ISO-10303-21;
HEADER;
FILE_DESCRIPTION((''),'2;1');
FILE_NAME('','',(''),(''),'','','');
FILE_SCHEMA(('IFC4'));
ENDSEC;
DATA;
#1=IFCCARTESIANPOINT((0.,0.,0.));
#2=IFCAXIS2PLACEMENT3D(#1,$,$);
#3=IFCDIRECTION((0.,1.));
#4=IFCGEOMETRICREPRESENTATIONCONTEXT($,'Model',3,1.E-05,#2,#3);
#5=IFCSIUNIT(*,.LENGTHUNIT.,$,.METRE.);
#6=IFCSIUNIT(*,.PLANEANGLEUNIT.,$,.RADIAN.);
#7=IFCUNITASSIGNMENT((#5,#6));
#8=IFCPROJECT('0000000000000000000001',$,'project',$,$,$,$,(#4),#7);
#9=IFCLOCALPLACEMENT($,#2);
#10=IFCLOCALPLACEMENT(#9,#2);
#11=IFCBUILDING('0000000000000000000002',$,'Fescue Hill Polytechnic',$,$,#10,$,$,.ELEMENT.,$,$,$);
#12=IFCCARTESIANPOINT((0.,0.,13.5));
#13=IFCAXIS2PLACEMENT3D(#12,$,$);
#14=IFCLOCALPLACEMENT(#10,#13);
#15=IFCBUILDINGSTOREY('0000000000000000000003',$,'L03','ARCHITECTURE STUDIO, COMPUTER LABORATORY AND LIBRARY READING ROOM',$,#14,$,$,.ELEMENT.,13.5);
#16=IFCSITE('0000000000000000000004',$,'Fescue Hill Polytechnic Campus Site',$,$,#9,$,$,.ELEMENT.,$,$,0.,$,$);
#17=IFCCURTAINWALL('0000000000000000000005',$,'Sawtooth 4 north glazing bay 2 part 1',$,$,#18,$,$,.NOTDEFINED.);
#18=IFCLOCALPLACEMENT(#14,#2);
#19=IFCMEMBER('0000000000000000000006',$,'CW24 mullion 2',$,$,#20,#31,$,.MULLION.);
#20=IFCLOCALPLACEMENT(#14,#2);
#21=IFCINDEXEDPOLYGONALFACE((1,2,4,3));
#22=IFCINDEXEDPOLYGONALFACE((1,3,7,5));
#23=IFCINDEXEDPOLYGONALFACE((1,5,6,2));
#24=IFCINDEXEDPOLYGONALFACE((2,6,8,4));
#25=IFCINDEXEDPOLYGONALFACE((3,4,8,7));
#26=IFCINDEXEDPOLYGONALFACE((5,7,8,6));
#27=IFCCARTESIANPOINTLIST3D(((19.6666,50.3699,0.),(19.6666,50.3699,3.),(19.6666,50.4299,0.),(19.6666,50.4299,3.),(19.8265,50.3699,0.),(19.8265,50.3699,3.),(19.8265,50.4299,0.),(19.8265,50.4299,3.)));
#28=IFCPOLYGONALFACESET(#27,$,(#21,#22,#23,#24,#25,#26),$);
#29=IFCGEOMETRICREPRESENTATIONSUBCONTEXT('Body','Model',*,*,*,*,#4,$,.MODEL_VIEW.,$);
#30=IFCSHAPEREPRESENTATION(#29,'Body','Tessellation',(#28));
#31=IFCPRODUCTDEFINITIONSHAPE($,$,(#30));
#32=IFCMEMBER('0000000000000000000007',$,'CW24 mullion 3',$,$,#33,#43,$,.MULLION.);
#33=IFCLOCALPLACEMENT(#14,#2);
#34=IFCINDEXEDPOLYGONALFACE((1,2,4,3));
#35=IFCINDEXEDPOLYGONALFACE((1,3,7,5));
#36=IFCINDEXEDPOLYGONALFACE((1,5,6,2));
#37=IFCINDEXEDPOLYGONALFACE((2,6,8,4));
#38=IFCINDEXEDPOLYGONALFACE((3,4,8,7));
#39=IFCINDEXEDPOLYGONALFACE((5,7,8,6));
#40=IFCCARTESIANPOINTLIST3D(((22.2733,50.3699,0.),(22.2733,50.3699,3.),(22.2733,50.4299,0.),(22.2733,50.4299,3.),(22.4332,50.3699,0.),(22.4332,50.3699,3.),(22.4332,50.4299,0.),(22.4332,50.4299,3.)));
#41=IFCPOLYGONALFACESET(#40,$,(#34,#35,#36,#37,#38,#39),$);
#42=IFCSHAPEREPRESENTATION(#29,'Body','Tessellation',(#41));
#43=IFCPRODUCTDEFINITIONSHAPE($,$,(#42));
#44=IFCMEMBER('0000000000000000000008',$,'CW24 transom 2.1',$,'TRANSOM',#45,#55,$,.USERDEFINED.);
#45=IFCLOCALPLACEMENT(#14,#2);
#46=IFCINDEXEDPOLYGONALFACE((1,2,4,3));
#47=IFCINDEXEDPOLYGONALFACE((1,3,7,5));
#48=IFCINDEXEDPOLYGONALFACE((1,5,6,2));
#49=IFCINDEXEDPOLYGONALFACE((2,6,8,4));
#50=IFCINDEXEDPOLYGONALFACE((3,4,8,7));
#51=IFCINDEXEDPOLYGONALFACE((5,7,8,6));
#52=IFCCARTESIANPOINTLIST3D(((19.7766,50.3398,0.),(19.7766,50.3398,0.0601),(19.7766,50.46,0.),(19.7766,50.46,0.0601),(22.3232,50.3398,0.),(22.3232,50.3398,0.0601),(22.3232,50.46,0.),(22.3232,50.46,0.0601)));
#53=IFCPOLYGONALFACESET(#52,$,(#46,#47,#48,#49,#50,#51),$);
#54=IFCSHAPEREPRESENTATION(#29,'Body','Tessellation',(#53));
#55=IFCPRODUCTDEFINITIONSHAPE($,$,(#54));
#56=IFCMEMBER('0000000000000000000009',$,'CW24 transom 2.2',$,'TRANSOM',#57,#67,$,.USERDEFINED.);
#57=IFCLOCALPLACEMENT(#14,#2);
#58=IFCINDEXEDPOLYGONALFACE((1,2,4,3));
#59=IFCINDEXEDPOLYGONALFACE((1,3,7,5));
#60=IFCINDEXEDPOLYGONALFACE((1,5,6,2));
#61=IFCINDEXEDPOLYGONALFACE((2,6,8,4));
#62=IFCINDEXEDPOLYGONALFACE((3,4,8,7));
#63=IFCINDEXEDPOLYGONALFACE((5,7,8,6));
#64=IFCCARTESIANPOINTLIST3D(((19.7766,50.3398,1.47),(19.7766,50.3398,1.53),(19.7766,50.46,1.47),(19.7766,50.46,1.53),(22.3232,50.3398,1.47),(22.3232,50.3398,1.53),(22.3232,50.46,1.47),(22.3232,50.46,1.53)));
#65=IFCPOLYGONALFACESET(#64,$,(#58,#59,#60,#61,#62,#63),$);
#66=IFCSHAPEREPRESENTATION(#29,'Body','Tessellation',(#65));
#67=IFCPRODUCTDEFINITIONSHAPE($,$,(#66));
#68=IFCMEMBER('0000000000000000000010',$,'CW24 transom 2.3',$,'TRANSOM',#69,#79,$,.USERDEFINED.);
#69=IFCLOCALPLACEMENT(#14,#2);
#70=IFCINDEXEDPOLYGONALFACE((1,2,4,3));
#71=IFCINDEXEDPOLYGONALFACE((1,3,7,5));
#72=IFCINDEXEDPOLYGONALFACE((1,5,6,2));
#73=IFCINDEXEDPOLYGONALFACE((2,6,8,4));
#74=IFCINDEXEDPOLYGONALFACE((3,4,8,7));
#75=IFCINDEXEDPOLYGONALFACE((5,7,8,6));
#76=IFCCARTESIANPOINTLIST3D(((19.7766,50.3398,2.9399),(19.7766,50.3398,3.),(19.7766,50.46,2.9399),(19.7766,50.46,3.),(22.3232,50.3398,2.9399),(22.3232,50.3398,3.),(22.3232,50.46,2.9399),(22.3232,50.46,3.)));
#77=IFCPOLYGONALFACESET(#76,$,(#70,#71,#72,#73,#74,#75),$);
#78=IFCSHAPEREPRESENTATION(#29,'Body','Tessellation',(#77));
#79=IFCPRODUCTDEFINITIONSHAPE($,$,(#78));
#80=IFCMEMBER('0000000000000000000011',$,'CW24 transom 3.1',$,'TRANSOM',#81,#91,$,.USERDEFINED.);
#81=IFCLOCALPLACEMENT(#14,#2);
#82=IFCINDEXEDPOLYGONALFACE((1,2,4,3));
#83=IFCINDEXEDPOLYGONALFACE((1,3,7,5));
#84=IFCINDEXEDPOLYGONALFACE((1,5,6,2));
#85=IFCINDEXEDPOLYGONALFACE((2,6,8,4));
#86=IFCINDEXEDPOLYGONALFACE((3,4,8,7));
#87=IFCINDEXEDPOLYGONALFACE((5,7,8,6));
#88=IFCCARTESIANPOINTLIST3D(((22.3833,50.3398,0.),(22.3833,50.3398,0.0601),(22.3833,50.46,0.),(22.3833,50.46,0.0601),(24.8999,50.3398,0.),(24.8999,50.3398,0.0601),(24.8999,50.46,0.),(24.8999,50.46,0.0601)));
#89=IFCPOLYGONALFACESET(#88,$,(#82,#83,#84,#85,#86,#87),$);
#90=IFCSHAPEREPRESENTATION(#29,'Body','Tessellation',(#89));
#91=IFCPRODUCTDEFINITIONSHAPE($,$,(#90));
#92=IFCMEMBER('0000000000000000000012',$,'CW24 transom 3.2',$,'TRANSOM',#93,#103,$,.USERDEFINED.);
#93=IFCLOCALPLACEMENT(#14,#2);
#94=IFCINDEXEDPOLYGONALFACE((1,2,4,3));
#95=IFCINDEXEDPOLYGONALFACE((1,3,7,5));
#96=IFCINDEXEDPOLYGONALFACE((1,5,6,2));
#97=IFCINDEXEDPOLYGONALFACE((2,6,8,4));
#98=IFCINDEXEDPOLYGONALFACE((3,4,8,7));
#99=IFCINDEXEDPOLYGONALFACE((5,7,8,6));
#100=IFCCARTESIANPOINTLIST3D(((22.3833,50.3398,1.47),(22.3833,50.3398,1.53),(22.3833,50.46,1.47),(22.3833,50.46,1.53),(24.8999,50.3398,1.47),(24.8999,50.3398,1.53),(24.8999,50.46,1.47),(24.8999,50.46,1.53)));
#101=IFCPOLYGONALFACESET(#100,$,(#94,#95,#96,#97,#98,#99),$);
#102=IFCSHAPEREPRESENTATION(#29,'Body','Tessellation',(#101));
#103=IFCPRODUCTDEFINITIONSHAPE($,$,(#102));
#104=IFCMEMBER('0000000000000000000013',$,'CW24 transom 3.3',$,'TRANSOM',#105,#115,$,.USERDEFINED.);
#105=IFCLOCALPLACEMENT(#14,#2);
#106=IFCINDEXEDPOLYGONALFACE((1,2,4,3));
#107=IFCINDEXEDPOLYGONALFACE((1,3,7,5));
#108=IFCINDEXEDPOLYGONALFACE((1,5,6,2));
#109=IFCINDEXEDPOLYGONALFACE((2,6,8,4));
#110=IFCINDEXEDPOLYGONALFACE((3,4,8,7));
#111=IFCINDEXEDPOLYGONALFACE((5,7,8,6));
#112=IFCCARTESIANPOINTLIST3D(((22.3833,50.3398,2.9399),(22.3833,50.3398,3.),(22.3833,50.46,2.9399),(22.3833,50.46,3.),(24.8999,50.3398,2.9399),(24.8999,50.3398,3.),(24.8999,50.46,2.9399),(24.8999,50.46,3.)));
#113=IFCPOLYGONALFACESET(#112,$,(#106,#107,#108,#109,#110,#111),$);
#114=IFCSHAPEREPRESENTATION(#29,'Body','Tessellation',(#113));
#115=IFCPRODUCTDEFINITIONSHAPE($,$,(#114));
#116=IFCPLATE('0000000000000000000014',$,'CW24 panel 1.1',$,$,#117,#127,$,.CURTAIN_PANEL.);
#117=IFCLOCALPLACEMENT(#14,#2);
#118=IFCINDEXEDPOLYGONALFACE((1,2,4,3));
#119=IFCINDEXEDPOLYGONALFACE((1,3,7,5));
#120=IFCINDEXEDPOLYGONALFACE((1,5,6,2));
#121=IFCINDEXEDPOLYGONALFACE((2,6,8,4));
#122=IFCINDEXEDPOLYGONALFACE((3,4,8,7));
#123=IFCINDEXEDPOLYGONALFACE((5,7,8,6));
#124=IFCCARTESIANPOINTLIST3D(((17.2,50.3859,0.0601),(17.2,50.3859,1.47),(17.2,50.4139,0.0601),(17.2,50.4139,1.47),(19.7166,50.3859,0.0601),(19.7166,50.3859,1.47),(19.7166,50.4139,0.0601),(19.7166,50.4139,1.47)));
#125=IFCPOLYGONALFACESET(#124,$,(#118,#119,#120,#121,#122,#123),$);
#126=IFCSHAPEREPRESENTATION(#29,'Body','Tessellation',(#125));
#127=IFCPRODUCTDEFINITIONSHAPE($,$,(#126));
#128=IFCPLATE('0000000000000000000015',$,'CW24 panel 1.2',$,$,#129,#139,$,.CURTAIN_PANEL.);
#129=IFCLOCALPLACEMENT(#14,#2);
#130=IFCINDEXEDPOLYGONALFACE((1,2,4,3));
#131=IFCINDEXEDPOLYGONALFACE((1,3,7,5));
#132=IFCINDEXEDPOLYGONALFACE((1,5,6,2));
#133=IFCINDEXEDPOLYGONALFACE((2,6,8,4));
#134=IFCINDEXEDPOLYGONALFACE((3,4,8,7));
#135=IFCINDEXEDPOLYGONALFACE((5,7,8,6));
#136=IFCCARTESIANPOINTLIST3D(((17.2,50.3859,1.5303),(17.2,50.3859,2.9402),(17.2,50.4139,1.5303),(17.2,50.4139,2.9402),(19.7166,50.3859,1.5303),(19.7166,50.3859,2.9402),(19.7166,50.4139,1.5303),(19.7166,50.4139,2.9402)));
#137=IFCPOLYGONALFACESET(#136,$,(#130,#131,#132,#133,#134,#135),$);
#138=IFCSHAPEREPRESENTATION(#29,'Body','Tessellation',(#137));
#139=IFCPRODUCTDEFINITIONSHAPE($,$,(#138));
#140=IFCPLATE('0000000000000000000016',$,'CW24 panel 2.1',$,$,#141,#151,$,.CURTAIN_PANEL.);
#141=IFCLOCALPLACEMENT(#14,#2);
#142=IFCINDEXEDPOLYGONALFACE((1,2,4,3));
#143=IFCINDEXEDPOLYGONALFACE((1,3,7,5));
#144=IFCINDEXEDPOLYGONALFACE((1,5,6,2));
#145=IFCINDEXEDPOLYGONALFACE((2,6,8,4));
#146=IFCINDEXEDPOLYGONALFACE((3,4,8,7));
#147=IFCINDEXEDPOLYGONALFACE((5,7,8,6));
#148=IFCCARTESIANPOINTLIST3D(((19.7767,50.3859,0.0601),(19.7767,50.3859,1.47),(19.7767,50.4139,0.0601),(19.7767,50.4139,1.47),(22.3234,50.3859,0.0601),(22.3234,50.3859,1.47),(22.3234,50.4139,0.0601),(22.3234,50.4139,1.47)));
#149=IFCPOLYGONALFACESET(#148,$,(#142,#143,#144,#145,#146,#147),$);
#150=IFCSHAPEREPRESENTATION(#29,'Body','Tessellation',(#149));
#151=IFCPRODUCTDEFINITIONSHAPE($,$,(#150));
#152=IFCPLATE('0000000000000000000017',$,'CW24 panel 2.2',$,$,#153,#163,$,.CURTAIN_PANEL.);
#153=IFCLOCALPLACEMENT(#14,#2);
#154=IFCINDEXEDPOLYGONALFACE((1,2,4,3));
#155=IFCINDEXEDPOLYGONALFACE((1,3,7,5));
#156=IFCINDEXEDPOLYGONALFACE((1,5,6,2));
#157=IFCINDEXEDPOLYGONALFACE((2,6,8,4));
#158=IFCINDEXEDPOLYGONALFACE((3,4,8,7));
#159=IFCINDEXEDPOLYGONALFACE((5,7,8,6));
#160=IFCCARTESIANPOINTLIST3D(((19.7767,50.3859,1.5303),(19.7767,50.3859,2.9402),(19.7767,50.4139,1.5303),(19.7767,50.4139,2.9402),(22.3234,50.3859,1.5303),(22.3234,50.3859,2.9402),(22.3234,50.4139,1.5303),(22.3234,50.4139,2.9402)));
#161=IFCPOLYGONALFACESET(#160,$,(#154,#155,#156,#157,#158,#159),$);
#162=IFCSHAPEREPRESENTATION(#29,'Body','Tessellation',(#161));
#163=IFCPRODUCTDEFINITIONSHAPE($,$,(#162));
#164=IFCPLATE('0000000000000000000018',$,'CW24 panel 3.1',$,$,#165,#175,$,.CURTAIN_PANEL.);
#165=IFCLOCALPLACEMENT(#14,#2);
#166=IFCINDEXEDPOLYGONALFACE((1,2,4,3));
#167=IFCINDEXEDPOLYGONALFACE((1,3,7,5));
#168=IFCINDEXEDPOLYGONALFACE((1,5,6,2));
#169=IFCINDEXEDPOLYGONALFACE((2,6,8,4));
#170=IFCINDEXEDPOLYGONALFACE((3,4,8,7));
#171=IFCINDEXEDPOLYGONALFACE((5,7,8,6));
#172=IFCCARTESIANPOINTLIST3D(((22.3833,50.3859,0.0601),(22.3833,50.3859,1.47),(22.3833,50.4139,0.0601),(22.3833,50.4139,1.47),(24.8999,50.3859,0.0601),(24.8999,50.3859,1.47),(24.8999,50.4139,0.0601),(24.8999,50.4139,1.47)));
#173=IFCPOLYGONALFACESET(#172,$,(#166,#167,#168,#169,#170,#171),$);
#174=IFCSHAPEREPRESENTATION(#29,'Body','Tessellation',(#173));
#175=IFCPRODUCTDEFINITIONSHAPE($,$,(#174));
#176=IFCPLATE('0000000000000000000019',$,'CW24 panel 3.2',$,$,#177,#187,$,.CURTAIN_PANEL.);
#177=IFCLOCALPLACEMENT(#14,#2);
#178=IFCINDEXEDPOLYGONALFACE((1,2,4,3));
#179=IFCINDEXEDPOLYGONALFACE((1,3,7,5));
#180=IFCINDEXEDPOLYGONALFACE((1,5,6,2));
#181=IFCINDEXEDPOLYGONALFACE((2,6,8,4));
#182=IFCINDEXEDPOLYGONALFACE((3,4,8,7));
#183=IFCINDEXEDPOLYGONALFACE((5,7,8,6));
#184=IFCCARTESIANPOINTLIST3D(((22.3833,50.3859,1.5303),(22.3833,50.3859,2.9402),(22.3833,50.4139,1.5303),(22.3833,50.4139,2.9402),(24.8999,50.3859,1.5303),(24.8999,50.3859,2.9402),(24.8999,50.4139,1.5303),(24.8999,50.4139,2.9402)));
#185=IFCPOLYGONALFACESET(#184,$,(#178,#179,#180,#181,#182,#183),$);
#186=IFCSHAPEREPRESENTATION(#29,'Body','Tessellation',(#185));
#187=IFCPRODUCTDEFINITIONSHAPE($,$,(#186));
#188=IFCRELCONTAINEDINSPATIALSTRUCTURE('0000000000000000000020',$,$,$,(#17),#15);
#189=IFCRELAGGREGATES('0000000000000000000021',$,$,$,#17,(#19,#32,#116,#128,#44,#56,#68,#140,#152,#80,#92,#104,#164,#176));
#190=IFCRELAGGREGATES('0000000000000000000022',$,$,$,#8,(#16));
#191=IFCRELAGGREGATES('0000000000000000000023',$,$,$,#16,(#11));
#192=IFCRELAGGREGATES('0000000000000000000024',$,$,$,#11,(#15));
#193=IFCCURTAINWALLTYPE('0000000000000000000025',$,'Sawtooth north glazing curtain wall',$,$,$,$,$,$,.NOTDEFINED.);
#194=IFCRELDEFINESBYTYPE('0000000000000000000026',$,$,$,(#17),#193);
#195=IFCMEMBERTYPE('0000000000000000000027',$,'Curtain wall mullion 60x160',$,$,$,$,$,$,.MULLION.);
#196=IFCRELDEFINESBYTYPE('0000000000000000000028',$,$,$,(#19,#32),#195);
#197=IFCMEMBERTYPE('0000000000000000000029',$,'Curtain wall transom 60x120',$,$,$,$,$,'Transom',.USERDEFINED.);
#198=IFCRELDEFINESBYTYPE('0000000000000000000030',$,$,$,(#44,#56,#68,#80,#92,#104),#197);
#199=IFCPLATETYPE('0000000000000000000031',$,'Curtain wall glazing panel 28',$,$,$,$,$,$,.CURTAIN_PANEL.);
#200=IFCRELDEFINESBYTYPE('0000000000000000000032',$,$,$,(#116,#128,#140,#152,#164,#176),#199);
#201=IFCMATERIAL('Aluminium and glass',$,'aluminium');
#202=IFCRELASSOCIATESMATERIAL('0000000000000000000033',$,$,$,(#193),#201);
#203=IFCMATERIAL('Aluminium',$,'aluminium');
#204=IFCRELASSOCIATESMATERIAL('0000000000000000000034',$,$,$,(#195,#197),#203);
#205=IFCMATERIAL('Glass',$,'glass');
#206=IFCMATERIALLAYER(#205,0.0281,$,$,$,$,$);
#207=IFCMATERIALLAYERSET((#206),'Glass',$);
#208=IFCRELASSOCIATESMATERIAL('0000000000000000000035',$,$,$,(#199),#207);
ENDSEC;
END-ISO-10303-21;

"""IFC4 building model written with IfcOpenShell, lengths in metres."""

from ifc_helpers import new_model, si_unit, direction, frame, origin, origin_2d, place, context, subcontext, project, spatial, rectangle, extrude, material, layer, layer_set, material_profile, profile_set, type_object, element, aggregate, save


model = new_model("IFC4")

# Units and contexts
model_context = context("Model", 3, precision=1e-05, world=origin(), true_north=direction((0.0, 1.0)))
body_context = subcontext(model_context, "Body", "Model", "MODEL_VIEW")
ifc_project = project(units=[si_unit("LENGTHUNIT", "METRE"), si_unit("PLANEANGLEUNIT", "RADIAN")], contexts=[model_context])

# Site, building, storey
site_placement = place(None, origin())
site = spatial("IfcSite", under=ifc_project, at=site_placement, Name="Fescue Hill Polytechnic Campus Site", CompositionType="ELEMENT", RefElevation=0.0)
building_placement = place(site_placement, origin())
building = spatial("IfcBuilding", under=site, at=building_placement, Name="Fescue Hill Polytechnic", CompositionType="ELEMENT")
storey_placement = place(building_placement, frame((0.0, 0.0, 13.5)))
storey = spatial("IfcBuildingStorey", under=building, at=storey_placement, Name="L03", Description="ARCHITECTURE STUDIO, COMPUTER LABORATORY AND LIBRARY READING ROOM", CompositionType="ELEMENT", Elevation=13.5)

# Curtain wall, members, plates
ifc_material_1 = material(Name="Aluminium and glass", Category="aluminium")
curtain_wall_type = type_object("IfcCurtainWallType", Name="Sawtooth north glazing curtain wall", PredefinedType="NOTDEFINED", material=ifc_material_1)
curtain_wall_placement = place(storey_placement, origin())
curtain_wall = element("IfcCurtainWall", 1, at=curtain_wall_placement, inside=storey, type_object=curtain_wall_type, Name="Sawtooth 4 north glazing bay 2 part 1", PredefinedType="NOTDEFINED")
ifc_material_2 = material(Name="Aluminium", Category="aluminium")
ifc_material_profile_1 = material_profile(ifc_material_2, rectangle(XDim=0.0601, YDim=0.1599, at=origin_2d()), Name="Curtain wall mullion 60x160")
ifc_profile_set_1 = profile_set([ifc_material_profile_1], Name="Aluminium")
member_type_1 = type_object("IfcMemberType", Name="Curtain wall mullion 60x160", PredefinedType="MULLION", material=ifc_profile_set_1)
member_1_placement = place(storey_placement, frame((19.7466, 50.3999, 0.0), z_axis=(0.0, 0.0, 1.0), x_axis=(0.0, 1.0, 0.0)))
member_1 = element("IfcMember", 2, at=member_1_placement, type_object=member_type_1, Name="CW24 mullion 2", PredefinedType="MULLION", context=body_context, shape_type="SweptSolid", body=[
    extrude(rectangle(XDim=0.0601, YDim=0.1599, at=origin_2d()), origin(), (0.0, 0.0, 1.0), 3.0),
])
member_2_placement = place(storey_placement, frame((22.3533, 50.3999, 0.0), z_axis=(0.0, 0.0, 1.0), x_axis=(0.0, 1.0, 0.0)))
member_2 = element("IfcMember", 3, at=member_2_placement, type_object=member_type_1, Name="CW24 mullion 3", PredefinedType="MULLION", context=body_context, shape_type="SweptSolid", body=[
    extrude(rectangle(XDim=0.0601, YDim=0.1599, at=origin_2d()), origin(), (0.0, 0.0, 1.0), 3.0),
])
ifc_material_profile_2 = material_profile(ifc_material_2, rectangle(XDim=0.1201, YDim=0.0601, at=origin_2d()), Name="Curtain wall transom 60x120")
ifc_profile_set_2 = profile_set([ifc_material_profile_2], Name="Aluminium")
member_type_2 = type_object("IfcMemberType", Name="Curtain wall transom 60x120", ElementType="Transom", PredefinedType="USERDEFINED", material=ifc_profile_set_2)
member_3_placement = place(storey_placement, frame((19.7766, 50.3999, 0.03), z_axis=(1.0, 0.0, 0.0), x_axis=(0.0, 1.0, 0.0)))
member_3 = element("IfcMember", 4, at=member_3_placement, type_object=member_type_2, Name="CW24 transom 2.1", ObjectType="TRANSOM", PredefinedType="USERDEFINED", context=body_context, shape_type="SweptSolid", body=[
    extrude(rectangle(XDim=0.1201, YDim=0.0601, at=origin_2d()), origin(), (0.0, 0.0, 1.0), 2.5466),
])
member_4_placement = place(storey_placement, frame((19.7766, 50.3999, 1.5), z_axis=(1.0, 0.0, 0.0), x_axis=(0.0, 1.0, 0.0)))
member_4 = element("IfcMember", 5, at=member_4_placement, type_object=member_type_2, Name="CW24 transom 2.2", ObjectType="TRANSOM", PredefinedType="USERDEFINED", context=body_context, shape_type="SweptSolid", body=[
    extrude(rectangle(XDim=0.1201, YDim=0.0601, at=origin_2d()), origin(), (0.0, 0.0, 1.0), 2.5466),
])
member_5_placement = place(storey_placement, frame((19.7766, 50.3999, 2.97), z_axis=(1.0, 0.0, 0.0), x_axis=(0.0, 1.0, 0.0)))
member_5 = element("IfcMember", 6, at=member_5_placement, type_object=member_type_2, Name="CW24 transom 2.3", ObjectType="TRANSOM", PredefinedType="USERDEFINED", context=body_context, shape_type="SweptSolid", body=[
    extrude(rectangle(XDim=0.1201, YDim=0.0601, at=origin_2d()), origin(), (0.0, 0.0, 1.0), 2.5466),
])
member_6_placement = place(storey_placement, frame((22.3833, 50.3999, 0.03), z_axis=(1.0, 0.0, 0.0), x_axis=(0.0, 1.0, 0.0)))
member_6 = element("IfcMember", 7, at=member_6_placement, type_object=member_type_2, Name="CW24 transom 3.1", ObjectType="TRANSOM", PredefinedType="USERDEFINED", context=body_context, shape_type="SweptSolid", body=[
    extrude(rectangle(XDim=0.1201, YDim=0.0601, at=origin_2d()), origin(), (0.0, 0.0, 1.0), 2.5166),
])
member_7_placement = place(storey_placement, frame((22.3833, 50.3999, 1.5), z_axis=(1.0, 0.0, 0.0), x_axis=(0.0, 1.0, 0.0)))
member_7 = element("IfcMember", 8, at=member_7_placement, type_object=member_type_2, Name="CW24 transom 3.2", ObjectType="TRANSOM", PredefinedType="USERDEFINED", context=body_context, shape_type="SweptSolid", body=[
    extrude(rectangle(XDim=0.1201, YDim=0.0601, at=origin_2d()), origin(), (0.0, 0.0, 1.0), 2.5166),
])
member_8_placement = place(storey_placement, frame((22.3833, 50.3999, 2.97), z_axis=(1.0, 0.0, 0.0), x_axis=(0.0, 1.0, 0.0)))
member_8 = element("IfcMember", 9, at=member_8_placement, type_object=member_type_2, Name="CW24 transom 3.3", ObjectType="TRANSOM", PredefinedType="USERDEFINED", context=body_context, shape_type="SweptSolid", body=[
    extrude(rectangle(XDim=0.1201, YDim=0.0601, at=origin_2d()), origin(), (0.0, 0.0, 1.0), 2.5166),
])
ifc_material_3 = material(Name="Glass", Category="glass")
ifc_layer_1 = layer(ifc_material_3, 0.0281)
ifc_layer_set_1 = layer_set([ifc_layer_1], Name="Glass")
plate_type = type_object("IfcPlateType", Name="Curtain wall glazing panel 28", PredefinedType="CURTAIN_PANEL", material=ifc_layer_set_1)
plate_1_placement = place(storey_placement, frame((18.4583, 50.3999, 0.0601), z_axis=(0.0, 0.0, 1.0), x_axis=(1.0, 0.0, 0.0)))
plate_1 = element("IfcPlate", 10, at=plate_1_placement, type_object=plate_type, Name="CW24 panel 1.1", PredefinedType="CURTAIN_PANEL", context=body_context, shape_type="SweptSolid", body=[
    extrude(rectangle(XDim=2.5166, YDim=0.0281, at=origin_2d()), origin(), (0.0, 0.0, 1.0), 1.4099),
])
plate_2_placement = place(storey_placement, frame((18.4583, 50.3999, 1.5303), z_axis=(0.0, 0.0, 1.0), x_axis=(1.0, 0.0, 0.0)))
plate_2 = element("IfcPlate", 11, at=plate_2_placement, type_object=plate_type, Name="CW24 panel 1.2", PredefinedType="CURTAIN_PANEL", context=body_context, shape_type="SweptSolid", body=[
    extrude(rectangle(XDim=2.5166, YDim=0.0281, at=origin_2d()), origin(), (0.0, 0.0, 1.0), 1.4099),
])
plate_3_placement = place(storey_placement, frame((21.05, 50.3999, 0.0601), z_axis=(0.0, 0.0, 1.0), x_axis=(1.0, 0.0, 0.0)))
plate_3 = element("IfcPlate", 12, at=plate_3_placement, type_object=plate_type, Name="CW24 panel 2.1", PredefinedType="CURTAIN_PANEL", context=body_context, shape_type="SweptSolid", body=[
    extrude(rectangle(XDim=2.5466, YDim=0.0281, at=origin_2d()), origin(), (0.0, 0.0, 1.0), 1.4099),
])
plate_4_placement = place(storey_placement, frame((21.05, 50.3999, 1.5303), z_axis=(0.0, 0.0, 1.0), x_axis=(1.0, 0.0, 0.0)))
plate_4 = element("IfcPlate", 13, at=plate_4_placement, type_object=plate_type, Name="CW24 panel 2.2", PredefinedType="CURTAIN_PANEL", context=body_context, shape_type="SweptSolid", body=[
    extrude(rectangle(XDim=2.5466, YDim=0.0281, at=origin_2d()), origin(), (0.0, 0.0, 1.0), 1.4099),
])
plate_5_placement = place(storey_placement, frame((23.6416, 50.3999, 0.0601), z_axis=(0.0, 0.0, 1.0), x_axis=(1.0, 0.0, 0.0)))
plate_5 = element("IfcPlate", 14, at=plate_5_placement, type_object=plate_type, Name="CW24 panel 3.1", PredefinedType="CURTAIN_PANEL", context=body_context, shape_type="SweptSolid", body=[
    extrude(rectangle(XDim=2.5166, YDim=0.0281, at=origin_2d()), origin(), (0.0, 0.0, 1.0), 1.4099),
])
plate_6_placement = place(storey_placement, frame((23.6416, 50.3999, 1.5303), z_axis=(0.0, 0.0, 1.0), x_axis=(1.0, 0.0, 0.0)))
plate_6 = element("IfcPlate", 15, at=plate_6_placement, type_object=plate_type, Name="CW24 panel 3.2", PredefinedType="CURTAIN_PANEL", context=body_context, shape_type="SweptSolid", body=[
    extrude(rectangle(XDim=2.5166, YDim=0.0281, at=origin_2d()), origin(), (0.0, 0.0, 1.0), 1.4099),
])
aggregate(curtain_wall, [member_1, member_2, plate_1, plate_2, member_3, member_4, member_5, plate_3, plate_4, member_6, member_7, member_8, plate_5, plate_6])

save(model, "model.ifc")
